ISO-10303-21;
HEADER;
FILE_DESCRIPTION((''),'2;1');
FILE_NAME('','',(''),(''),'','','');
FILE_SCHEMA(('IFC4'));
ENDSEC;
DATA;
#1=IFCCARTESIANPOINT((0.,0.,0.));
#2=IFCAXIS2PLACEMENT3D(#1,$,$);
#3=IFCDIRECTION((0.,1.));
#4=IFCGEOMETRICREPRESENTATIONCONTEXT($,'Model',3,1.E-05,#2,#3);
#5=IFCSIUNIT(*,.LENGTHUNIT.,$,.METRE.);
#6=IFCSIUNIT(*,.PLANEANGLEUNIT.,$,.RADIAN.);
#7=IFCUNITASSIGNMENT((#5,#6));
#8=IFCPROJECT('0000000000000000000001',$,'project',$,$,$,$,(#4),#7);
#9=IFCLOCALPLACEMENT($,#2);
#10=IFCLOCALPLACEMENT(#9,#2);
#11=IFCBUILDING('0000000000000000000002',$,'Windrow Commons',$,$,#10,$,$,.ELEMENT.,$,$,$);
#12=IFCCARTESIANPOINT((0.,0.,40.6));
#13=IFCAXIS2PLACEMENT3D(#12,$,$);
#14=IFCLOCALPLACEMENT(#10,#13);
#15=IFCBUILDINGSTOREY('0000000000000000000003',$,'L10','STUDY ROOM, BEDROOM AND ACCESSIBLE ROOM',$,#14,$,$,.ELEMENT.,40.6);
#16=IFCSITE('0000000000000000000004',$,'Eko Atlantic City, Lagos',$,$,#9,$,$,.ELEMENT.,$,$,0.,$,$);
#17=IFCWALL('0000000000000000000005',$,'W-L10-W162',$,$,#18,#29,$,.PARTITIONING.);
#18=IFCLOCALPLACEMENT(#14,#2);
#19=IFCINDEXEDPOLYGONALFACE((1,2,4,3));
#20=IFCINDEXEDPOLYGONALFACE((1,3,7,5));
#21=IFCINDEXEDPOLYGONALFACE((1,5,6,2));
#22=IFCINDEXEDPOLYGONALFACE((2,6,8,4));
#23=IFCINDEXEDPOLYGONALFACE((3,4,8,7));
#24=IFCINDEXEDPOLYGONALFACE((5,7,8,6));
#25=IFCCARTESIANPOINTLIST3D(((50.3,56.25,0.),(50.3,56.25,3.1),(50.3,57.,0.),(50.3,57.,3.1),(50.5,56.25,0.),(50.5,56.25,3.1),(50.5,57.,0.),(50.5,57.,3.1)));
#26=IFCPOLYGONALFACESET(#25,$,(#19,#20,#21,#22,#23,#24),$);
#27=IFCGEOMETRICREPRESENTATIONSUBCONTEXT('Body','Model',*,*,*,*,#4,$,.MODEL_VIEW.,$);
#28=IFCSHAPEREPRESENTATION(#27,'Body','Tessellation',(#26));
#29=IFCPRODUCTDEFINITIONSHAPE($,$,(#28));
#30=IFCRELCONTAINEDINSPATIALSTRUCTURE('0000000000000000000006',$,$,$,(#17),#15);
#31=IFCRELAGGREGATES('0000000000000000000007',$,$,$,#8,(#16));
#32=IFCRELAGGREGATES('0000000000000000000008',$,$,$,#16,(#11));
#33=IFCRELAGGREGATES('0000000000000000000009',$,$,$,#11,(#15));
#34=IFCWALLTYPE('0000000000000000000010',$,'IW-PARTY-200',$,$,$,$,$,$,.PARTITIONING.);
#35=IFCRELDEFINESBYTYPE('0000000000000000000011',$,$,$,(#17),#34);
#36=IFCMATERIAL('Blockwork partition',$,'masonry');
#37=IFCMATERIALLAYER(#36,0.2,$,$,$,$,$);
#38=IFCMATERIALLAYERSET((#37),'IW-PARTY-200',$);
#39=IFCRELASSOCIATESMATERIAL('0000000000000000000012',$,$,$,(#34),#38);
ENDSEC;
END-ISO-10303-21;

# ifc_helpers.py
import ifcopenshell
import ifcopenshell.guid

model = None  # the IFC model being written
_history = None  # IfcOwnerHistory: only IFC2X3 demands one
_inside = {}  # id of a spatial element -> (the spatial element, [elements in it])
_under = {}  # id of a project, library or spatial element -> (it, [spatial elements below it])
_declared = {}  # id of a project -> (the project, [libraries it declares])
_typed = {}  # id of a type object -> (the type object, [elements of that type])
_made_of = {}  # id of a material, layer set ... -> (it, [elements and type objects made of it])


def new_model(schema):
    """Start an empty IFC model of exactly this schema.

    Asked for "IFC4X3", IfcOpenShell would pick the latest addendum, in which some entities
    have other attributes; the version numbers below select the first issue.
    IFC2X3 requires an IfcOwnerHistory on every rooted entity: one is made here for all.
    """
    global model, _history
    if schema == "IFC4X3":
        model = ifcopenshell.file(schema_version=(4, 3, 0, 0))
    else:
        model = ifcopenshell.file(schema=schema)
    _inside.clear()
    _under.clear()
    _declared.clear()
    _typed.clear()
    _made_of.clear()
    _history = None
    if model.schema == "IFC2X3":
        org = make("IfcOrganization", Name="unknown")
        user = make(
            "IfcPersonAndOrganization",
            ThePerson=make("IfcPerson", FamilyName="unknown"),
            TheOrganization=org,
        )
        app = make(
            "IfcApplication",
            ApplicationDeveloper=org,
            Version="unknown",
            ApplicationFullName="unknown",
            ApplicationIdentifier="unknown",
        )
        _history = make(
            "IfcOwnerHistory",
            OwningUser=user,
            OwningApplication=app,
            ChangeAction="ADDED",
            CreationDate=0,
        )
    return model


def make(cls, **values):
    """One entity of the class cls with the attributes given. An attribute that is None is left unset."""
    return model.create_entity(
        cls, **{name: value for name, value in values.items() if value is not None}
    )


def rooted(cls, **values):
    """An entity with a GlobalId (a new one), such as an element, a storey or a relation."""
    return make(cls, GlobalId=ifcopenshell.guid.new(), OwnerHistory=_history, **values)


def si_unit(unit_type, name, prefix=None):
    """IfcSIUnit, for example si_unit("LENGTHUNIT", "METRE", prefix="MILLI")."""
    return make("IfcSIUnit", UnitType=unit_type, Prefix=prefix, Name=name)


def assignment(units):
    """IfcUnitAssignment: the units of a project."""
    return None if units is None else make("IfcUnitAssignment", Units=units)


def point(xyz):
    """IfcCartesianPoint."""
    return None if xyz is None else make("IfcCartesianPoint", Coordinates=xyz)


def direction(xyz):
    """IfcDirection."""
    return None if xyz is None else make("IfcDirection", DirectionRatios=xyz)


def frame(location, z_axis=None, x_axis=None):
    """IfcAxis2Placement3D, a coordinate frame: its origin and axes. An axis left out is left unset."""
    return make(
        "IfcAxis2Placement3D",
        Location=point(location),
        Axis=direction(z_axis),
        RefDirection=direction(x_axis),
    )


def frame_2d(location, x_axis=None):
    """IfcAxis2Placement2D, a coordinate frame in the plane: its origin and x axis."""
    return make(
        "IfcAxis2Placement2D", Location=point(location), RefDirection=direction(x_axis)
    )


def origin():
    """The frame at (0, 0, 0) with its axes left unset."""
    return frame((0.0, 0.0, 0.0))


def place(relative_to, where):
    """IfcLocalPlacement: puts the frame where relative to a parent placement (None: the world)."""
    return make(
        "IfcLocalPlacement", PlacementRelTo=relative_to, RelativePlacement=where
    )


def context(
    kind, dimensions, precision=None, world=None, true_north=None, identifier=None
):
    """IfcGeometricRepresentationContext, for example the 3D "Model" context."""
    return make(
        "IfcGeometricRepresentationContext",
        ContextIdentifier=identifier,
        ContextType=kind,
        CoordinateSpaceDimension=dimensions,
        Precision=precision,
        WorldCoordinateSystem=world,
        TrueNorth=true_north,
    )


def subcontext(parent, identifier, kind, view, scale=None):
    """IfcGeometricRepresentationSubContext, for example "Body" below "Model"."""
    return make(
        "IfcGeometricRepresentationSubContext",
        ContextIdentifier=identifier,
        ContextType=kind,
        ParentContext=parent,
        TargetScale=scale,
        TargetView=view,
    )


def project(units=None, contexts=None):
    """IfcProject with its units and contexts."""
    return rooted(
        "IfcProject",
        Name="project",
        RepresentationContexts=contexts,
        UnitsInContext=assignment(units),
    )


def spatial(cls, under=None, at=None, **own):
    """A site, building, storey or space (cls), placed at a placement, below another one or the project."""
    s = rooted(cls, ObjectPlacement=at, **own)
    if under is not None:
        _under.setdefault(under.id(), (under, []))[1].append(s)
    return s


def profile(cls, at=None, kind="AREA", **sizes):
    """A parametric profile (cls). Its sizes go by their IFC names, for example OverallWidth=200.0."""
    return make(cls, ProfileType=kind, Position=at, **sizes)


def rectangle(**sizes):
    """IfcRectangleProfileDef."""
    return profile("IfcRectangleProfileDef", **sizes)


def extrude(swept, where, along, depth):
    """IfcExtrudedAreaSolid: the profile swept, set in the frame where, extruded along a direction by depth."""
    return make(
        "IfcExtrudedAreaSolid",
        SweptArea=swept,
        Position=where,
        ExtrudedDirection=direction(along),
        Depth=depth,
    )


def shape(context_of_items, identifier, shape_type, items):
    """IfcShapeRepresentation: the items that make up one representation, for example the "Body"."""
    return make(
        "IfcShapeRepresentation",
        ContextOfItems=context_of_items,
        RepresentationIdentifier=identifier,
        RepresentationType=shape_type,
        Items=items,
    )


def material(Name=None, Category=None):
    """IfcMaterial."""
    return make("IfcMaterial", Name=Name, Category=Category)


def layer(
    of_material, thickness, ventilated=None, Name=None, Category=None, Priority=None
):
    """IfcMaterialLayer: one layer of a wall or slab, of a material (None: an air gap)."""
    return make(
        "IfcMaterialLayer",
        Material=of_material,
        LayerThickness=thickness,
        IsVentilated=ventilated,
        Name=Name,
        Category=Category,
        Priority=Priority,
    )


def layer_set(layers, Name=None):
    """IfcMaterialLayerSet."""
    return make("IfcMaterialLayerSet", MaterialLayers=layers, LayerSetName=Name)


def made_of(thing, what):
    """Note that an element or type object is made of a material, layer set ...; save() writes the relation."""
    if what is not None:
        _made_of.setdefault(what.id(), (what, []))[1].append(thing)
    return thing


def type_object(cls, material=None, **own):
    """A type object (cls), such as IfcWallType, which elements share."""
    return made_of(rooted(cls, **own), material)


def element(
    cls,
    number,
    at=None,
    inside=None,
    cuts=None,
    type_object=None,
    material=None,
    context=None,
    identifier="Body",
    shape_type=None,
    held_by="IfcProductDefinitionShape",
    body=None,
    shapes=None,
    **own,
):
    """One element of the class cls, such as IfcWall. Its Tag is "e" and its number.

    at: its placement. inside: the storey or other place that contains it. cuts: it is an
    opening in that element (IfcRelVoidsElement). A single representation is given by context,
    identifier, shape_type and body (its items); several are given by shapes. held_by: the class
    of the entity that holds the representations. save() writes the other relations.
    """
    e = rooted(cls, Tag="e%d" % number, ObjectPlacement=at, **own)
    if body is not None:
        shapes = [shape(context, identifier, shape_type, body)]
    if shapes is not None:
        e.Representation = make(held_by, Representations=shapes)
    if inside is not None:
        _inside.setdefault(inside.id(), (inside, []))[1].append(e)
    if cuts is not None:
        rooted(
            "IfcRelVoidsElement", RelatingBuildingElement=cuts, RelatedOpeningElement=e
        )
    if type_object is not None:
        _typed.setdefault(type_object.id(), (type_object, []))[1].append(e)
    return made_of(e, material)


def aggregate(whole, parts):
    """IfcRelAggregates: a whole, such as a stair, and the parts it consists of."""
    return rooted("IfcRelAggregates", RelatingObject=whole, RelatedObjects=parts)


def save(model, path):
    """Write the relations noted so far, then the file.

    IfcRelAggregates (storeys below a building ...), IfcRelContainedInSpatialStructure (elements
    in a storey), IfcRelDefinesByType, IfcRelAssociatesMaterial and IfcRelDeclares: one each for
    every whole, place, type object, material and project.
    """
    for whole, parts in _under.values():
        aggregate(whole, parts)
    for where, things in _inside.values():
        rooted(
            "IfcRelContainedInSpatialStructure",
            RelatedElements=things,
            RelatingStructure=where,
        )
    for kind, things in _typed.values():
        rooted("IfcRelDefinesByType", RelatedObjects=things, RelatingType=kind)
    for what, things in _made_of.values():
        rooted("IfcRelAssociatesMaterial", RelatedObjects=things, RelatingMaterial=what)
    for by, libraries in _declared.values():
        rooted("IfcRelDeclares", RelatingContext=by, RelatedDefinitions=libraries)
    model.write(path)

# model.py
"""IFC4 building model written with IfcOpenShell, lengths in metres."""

from ifc_helpers import new_model, si_unit, direction, frame, frame_2d, origin, place, context, subcontext, project, spatial, rectangle, extrude, material, layer, layer_set, type_object, element, save


model = new_model("IFC4")

# Units and contexts
model_context = context("Model", 3, precision=1e-05, world=origin(), true_north=direction((0.0, 1.0)))
body_context = subcontext(model_context, "Body", "Model", "MODEL_VIEW")
ifc_project = project(units=[si_unit("LENGTHUNIT", "METRE"), si_unit("PLANEANGLEUNIT", "RADIAN")], contexts=[model_context])

# Site, building, storey
site_placement = place(None, origin())
site = spatial("IfcSite", under=ifc_project, at=site_placement, Name="Eko Atlantic City, Lagos", CompositionType="ELEMENT", RefElevation=0.0)
building_placement = place(site_placement, origin())
building = spatial("IfcBuilding", under=site, at=building_placement, Name="Windrow Commons", CompositionType="ELEMENT")
storey_placement = place(building_placement, frame((0.0, 0.0, 40.6)))
storey = spatial("IfcBuildingStorey", under=building, at=storey_placement, Name="L10", Description="STUDY ROOM, BEDROOM AND ACCESSIBLE ROOM", CompositionType="ELEMENT", Elevation=40.6)

# Wall
ifc_material_1 = material(Name="Blockwork partition", Category="masonry")
ifc_layer_1 = layer(ifc_material_1, 0.2)
ifc_layer_set_1 = layer_set([ifc_layer_1], Name="IW-PARTY-200")
wall_type_1 = type_object("IfcWallType", Name="IW-PARTY-200", PredefinedType="PARTITIONING", material=ifc_layer_set_1)
for number, where, z_axis, x_axis, name in (
    (1, (50.4, 56.25, 0.0), (0.0, 0.0, 1.0), (0.0, 1.0, 0.0), "W-L10-W162"),
):
    element("IfcWall", number, at=place(storey_placement, frame(where, z_axis=z_axis, x_axis=x_axis)), inside=storey, type_object=wall_type_1, Name=name, PredefinedType="PARTITIONING", context=body_context, shape_type="SweptSolid", body=[
        extrude(rectangle(XDim=0.75, YDim=0.2, at=frame_2d((0.375, 0.0))), origin(), (0.0, 0.0, 1.0), 3.1),
    ])

save(model, "model.ifc")
